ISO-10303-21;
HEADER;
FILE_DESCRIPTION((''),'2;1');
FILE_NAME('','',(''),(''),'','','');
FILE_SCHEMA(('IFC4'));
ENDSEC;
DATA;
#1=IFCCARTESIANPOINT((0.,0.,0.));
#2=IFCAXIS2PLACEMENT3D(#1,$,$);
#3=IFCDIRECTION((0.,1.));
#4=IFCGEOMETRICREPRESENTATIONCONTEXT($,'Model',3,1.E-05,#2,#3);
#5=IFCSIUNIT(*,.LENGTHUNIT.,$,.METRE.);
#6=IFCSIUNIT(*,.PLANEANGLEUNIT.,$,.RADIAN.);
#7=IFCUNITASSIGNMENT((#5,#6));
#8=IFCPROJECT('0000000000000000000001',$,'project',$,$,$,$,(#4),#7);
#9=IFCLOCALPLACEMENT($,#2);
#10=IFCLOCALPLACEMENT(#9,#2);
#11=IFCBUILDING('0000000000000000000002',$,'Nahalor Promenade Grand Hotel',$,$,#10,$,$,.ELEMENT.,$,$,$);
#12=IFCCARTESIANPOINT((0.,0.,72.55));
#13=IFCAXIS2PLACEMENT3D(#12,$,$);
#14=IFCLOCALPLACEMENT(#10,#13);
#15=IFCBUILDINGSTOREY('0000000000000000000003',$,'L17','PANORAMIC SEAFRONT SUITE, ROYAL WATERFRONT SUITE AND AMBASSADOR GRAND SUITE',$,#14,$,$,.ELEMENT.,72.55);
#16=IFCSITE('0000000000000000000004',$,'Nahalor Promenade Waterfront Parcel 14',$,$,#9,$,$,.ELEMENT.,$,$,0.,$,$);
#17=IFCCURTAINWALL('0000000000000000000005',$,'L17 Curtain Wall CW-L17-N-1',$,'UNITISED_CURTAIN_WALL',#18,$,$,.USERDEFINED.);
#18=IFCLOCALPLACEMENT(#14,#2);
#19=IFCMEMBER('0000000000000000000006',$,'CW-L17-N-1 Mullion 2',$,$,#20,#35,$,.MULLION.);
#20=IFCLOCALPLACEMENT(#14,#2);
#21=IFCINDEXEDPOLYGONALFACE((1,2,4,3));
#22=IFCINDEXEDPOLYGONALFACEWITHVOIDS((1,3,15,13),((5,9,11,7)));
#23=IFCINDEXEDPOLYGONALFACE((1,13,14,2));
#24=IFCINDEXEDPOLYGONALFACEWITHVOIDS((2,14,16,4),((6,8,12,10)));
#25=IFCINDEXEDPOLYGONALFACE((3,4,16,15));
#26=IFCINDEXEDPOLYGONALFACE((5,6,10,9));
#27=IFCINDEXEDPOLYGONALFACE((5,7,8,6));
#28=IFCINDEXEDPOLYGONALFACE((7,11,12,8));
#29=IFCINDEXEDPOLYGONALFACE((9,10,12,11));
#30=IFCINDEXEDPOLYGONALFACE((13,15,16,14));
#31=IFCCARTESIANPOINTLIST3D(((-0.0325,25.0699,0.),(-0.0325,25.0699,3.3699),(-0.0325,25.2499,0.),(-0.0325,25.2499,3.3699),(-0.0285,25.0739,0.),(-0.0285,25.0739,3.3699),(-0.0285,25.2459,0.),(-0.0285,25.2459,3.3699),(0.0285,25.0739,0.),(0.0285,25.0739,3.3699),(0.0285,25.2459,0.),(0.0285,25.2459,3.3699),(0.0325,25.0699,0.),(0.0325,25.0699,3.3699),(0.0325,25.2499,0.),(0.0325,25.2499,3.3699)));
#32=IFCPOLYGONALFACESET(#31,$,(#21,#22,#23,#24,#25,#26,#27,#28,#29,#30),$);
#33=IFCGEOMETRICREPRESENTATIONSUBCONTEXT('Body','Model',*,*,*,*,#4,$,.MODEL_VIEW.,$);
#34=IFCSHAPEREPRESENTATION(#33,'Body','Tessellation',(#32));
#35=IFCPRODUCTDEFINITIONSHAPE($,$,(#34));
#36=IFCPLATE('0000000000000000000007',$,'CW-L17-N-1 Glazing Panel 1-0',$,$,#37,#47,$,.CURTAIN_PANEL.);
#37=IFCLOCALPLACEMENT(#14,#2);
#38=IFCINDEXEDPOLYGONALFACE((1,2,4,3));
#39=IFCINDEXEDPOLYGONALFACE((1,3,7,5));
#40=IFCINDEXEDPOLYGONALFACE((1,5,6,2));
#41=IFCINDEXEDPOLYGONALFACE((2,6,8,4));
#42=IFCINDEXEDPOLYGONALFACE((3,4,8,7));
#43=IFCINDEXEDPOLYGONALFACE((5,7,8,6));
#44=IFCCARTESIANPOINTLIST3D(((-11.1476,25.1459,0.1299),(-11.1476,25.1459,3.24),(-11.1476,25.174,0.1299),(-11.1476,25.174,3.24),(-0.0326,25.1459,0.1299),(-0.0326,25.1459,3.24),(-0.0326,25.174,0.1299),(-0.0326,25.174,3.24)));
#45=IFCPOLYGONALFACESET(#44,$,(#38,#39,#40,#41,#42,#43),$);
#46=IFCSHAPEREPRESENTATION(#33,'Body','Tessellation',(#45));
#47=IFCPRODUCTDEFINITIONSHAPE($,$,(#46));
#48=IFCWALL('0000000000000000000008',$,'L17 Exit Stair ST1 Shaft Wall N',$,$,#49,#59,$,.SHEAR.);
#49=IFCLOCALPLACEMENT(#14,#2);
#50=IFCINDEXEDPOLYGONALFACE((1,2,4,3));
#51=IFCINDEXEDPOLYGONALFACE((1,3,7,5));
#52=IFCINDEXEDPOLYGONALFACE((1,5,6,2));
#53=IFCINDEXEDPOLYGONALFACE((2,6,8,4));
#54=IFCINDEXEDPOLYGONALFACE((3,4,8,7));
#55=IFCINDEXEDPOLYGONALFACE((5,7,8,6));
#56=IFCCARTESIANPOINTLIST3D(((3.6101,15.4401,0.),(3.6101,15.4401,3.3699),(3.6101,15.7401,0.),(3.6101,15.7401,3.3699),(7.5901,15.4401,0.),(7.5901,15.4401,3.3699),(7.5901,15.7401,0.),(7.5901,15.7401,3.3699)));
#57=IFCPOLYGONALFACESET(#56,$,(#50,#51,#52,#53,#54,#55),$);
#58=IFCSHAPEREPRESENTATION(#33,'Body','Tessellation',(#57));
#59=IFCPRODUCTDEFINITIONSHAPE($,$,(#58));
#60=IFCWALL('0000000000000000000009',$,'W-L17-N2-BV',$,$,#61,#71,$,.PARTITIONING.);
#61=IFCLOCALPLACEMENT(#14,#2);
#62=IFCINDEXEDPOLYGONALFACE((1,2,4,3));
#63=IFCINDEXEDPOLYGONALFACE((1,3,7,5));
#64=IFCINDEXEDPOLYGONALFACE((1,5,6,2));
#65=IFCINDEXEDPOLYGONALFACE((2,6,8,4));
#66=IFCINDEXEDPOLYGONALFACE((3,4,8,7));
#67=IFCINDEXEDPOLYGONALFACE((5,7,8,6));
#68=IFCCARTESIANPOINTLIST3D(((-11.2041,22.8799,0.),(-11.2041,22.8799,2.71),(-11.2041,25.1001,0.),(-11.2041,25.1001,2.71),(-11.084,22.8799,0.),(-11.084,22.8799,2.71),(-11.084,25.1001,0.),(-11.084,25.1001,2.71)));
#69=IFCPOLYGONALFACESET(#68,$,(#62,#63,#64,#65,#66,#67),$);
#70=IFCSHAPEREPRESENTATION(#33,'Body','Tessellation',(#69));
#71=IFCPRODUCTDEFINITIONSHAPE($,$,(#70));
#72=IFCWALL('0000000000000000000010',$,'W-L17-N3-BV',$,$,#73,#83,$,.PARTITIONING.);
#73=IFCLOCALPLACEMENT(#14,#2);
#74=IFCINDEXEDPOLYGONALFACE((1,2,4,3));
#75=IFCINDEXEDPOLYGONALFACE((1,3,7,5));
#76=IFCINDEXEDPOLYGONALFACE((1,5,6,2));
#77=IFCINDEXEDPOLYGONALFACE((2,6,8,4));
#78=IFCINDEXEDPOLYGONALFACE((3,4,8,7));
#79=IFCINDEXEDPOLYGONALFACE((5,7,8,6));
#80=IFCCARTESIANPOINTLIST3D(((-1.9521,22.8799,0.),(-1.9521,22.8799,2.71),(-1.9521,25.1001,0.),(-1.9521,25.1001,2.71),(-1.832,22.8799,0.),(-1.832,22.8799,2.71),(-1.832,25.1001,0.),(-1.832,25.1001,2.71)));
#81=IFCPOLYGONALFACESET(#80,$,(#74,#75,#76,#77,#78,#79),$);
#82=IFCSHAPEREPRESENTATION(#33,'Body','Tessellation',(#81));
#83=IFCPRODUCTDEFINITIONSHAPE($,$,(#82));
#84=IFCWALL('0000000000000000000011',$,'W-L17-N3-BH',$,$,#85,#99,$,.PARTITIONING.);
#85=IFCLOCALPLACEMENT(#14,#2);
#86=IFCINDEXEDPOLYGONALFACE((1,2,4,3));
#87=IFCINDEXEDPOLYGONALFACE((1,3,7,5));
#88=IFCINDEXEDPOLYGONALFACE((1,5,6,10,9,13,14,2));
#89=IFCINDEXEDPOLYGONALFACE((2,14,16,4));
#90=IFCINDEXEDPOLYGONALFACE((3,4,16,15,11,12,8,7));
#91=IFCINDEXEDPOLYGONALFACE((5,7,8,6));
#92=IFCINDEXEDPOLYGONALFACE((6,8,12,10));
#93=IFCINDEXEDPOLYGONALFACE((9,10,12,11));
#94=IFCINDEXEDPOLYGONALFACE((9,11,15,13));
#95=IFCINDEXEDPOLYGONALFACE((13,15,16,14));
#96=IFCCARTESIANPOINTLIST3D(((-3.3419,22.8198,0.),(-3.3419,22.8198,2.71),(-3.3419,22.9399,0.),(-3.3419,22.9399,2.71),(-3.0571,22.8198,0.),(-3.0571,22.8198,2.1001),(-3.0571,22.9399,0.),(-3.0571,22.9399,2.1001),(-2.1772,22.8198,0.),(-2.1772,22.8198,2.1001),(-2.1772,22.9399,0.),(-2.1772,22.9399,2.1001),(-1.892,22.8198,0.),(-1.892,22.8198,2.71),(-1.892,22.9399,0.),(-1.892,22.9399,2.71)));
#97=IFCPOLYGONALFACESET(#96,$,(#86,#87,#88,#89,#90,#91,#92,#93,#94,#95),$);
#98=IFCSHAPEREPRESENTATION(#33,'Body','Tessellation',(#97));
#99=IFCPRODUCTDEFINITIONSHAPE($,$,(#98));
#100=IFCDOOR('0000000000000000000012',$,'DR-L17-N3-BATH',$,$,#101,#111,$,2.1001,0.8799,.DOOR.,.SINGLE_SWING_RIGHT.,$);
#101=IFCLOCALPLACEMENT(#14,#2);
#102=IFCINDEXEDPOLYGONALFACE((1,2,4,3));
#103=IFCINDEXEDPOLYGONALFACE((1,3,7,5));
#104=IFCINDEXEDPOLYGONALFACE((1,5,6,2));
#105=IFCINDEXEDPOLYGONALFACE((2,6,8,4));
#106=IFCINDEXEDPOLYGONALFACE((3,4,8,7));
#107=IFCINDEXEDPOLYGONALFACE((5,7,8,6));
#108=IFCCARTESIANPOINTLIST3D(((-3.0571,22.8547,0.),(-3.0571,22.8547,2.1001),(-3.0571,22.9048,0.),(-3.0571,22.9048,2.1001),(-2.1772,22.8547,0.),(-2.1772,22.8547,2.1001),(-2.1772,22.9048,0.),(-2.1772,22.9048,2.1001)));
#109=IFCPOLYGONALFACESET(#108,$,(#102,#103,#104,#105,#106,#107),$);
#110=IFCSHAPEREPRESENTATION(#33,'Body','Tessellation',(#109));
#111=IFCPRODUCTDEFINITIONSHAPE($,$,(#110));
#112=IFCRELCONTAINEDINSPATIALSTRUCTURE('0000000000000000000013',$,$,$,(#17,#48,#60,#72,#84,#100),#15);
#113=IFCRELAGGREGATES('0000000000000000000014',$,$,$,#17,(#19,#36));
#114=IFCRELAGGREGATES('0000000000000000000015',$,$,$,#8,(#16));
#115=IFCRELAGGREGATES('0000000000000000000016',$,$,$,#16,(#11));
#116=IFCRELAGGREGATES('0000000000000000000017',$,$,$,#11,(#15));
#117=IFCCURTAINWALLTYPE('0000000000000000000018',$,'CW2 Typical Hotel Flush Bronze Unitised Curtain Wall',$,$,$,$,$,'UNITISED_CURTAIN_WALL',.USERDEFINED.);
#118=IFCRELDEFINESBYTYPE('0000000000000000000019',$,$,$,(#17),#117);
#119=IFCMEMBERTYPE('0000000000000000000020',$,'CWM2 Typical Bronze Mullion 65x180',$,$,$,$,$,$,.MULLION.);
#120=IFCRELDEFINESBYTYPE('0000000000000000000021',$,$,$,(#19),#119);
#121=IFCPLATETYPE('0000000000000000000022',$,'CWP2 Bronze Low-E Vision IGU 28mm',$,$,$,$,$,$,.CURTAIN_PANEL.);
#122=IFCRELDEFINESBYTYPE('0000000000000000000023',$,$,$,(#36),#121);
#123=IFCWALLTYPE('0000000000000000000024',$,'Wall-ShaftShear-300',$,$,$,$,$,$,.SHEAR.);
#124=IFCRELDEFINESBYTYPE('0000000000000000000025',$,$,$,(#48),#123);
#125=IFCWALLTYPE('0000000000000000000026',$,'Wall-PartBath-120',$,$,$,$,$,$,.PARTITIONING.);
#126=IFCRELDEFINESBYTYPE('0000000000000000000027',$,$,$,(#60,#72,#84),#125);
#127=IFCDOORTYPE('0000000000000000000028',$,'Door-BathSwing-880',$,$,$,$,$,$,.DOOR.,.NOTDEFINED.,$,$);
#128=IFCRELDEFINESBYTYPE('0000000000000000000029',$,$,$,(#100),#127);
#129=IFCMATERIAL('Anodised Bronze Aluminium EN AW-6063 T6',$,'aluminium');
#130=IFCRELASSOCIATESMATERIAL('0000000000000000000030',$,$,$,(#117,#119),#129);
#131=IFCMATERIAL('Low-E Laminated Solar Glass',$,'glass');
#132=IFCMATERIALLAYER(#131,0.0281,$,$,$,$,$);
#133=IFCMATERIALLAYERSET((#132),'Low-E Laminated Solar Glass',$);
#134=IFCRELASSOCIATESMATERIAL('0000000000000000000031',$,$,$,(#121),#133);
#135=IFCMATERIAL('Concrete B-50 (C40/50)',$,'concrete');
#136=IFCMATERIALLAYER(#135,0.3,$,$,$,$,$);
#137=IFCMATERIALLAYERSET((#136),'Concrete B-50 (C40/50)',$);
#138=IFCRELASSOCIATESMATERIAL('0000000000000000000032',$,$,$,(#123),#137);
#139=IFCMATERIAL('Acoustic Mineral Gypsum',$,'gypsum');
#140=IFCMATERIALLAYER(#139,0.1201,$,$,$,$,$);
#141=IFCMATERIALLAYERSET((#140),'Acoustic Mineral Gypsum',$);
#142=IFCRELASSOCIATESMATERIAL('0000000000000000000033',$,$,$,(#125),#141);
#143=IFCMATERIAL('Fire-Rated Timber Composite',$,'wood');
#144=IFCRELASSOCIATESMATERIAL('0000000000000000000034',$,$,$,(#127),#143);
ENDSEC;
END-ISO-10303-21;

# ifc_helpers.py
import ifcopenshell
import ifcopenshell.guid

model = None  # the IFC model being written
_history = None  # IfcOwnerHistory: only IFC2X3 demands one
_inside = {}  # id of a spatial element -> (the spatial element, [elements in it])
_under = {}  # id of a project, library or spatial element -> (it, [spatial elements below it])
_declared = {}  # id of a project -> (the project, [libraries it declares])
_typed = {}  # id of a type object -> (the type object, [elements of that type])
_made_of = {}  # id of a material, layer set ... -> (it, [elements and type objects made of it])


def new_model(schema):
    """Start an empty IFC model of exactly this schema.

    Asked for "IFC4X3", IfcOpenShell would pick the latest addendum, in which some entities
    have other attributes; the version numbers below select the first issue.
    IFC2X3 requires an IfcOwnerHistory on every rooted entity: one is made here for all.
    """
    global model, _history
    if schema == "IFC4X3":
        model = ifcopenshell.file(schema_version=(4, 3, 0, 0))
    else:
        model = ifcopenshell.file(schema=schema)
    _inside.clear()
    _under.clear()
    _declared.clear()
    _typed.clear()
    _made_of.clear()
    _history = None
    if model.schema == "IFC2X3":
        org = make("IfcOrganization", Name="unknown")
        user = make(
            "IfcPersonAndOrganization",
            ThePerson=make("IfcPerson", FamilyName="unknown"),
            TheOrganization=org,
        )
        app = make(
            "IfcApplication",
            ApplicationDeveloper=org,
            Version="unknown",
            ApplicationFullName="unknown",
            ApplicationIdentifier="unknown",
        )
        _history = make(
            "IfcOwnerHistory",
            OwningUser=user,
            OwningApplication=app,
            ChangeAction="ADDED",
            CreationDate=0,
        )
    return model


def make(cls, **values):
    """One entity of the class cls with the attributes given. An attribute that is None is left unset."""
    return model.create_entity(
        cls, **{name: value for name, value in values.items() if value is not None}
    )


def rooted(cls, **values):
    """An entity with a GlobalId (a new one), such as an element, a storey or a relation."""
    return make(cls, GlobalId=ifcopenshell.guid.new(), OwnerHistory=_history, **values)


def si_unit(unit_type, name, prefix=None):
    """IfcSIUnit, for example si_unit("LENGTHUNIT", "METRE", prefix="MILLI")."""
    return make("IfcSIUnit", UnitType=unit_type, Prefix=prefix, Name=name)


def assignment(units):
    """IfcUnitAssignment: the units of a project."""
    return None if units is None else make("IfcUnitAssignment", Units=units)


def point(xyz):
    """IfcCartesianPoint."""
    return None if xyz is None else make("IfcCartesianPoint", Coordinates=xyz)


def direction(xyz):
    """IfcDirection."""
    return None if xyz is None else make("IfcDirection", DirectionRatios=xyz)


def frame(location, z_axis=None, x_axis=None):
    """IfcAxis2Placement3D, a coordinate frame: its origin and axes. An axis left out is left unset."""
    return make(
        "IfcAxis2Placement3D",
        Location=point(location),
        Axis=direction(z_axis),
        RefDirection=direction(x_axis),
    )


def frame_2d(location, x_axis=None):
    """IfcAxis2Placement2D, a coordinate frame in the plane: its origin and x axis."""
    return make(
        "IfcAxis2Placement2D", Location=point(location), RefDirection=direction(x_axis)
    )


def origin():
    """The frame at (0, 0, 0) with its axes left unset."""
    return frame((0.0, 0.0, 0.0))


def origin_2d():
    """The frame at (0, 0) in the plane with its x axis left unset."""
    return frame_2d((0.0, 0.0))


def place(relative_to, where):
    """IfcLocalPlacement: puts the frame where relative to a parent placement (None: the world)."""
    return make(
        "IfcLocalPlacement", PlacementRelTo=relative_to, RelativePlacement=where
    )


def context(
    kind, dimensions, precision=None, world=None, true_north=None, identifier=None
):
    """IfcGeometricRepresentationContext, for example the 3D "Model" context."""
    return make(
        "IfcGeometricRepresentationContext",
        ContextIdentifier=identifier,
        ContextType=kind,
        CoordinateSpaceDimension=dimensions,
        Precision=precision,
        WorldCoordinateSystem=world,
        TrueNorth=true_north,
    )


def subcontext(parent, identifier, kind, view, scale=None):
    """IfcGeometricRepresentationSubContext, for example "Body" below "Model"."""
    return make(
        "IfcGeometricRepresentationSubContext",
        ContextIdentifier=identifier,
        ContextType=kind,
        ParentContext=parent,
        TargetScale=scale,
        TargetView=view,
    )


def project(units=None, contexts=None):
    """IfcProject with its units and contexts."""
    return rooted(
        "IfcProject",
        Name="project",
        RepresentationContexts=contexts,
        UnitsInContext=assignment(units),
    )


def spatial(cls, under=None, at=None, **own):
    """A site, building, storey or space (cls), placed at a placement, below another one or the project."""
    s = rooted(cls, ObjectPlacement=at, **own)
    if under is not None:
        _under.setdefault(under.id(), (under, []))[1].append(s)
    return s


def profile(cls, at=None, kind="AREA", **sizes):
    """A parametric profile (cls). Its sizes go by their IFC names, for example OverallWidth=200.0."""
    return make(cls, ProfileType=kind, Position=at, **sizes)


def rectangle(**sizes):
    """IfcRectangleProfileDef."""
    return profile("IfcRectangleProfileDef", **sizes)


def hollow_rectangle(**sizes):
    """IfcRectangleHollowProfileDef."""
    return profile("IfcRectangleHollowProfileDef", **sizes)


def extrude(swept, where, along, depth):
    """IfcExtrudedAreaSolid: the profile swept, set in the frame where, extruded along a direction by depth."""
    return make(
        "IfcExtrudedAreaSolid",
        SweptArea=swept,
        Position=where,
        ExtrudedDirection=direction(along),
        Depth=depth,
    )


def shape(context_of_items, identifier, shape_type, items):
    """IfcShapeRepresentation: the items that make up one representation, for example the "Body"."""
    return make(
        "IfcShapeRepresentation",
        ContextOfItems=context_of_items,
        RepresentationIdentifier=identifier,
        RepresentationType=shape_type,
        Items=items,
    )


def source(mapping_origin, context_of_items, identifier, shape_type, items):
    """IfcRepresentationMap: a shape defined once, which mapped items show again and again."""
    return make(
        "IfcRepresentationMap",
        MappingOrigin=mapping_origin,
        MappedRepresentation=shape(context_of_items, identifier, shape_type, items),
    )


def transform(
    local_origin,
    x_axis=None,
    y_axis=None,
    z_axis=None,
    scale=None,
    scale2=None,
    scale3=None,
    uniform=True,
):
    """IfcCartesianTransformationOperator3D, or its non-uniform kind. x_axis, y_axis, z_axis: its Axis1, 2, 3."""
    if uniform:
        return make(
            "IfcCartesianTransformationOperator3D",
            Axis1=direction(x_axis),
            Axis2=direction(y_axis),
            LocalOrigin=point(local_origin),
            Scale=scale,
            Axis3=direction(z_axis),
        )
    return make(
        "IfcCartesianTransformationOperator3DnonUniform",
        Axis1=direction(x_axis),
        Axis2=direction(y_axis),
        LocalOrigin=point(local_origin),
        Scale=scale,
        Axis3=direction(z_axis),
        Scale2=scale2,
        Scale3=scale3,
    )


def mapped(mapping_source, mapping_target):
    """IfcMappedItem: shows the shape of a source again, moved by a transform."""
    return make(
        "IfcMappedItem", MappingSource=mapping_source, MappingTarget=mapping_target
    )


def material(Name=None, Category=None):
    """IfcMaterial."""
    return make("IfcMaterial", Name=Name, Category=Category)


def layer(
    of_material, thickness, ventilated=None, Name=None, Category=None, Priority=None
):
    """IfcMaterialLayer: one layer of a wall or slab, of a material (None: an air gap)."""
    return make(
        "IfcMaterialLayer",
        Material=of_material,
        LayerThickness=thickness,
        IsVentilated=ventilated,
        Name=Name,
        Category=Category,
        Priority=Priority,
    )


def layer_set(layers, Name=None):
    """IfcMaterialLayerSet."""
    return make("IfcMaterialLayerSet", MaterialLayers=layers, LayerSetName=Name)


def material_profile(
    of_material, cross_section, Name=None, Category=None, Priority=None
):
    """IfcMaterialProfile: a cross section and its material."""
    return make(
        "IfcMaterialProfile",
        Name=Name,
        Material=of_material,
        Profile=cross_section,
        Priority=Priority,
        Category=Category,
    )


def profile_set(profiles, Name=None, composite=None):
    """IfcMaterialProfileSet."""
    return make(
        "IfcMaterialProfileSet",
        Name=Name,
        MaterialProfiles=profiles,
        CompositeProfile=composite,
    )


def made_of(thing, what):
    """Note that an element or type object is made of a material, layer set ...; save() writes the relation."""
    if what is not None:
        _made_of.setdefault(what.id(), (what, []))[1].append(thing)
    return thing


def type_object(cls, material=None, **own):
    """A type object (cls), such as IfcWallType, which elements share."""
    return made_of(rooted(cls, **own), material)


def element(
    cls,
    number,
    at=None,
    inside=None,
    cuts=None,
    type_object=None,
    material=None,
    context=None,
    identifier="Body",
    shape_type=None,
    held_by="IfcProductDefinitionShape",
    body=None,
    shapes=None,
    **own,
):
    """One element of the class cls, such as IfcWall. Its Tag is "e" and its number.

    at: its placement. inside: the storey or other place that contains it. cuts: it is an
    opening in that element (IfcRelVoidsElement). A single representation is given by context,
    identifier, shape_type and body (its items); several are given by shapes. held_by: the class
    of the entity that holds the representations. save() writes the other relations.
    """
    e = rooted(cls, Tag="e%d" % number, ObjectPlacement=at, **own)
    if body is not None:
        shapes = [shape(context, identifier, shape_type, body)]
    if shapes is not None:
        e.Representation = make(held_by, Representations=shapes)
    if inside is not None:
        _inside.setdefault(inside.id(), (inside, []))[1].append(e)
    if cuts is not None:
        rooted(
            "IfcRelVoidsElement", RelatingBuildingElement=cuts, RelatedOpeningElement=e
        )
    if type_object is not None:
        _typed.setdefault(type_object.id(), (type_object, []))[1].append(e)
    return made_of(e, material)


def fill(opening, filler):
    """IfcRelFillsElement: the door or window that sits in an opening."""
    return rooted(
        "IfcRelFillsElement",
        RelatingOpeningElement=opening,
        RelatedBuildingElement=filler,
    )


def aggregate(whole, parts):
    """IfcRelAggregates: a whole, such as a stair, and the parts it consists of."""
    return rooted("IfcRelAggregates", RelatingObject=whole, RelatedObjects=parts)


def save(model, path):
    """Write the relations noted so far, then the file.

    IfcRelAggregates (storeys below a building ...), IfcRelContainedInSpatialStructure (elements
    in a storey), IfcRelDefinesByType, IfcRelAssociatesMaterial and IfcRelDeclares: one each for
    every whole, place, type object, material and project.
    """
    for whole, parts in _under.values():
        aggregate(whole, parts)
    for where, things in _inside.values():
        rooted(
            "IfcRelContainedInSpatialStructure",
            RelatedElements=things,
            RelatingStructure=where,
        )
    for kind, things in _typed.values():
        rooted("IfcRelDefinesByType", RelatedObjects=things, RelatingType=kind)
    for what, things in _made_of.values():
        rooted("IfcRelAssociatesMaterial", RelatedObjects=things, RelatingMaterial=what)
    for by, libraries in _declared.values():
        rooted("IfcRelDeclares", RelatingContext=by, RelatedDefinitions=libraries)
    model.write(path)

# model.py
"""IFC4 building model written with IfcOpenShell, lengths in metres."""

from ifc_helpers import new_model, si_unit, direction, frame, frame_2d, origin, origin_2d, place, context, subcontext, project, spatial, rectangle, hollow_rectangle, extrude, source, transform, mapped, material, layer, layer_set, material_profile, profile_set, type_object, element, fill, aggregate, save


model = new_model("IFC4")

# Units and contexts
model_context = context("Model", 3, precision=1e-05, world=origin(), true_north=direction((0.0, 1.0)))
body_context = subcontext(model_context, "Body", "Model", "MODEL_VIEW")
ifc_project = project(units=[si_unit("LENGTHUNIT", "METRE"), si_unit("PLANEANGLEUNIT", "RADIAN")], contexts=[model_context])

# Site, building, storey
site_placement = place(None, origin())
site = spatial("IfcSite", under=ifc_project, at=site_placement, Name="Nahalor Promenade Waterfront Parcel 14", CompositionType="ELEMENT", RefElevation=0.0)
building_placement = place(site_placement, origin())
building = spatial("IfcBuilding", under=site, at=building_placement, Name="Nahalor Promenade Grand Hotel", CompositionType="ELEMENT")
storey_placement = place(building_placement, frame((0.0, 0.0, 72.55)))
storey = spatial("IfcBuildingStorey", under=building, at=storey_placement, Name="L17", Description="PANORAMIC SEAFRONT SUITE, ROYAL WATERFRONT SUITE AND AMBASSADOR GRAND SUITE", CompositionType="ELEMENT", Elevation=72.55)

# Curtain wall, member, plate
ifc_material_1 = material(Name="Anodised Bronze Aluminium EN AW-6063 T6", Category="aluminium")
curtain_wall_type = type_object("IfcCurtainWallType", Name="CW2 Typical Hotel Flush Bronze Unitised Curtain Wall", ElementType="UNITISED_CURTAIN_WALL", PredefinedType="USERDEFINED", material=ifc_material_1)
curtain_wall_placement = place(storey_placement, origin())
curtain_wall = element("IfcCurtainWall", 1, at=curtain_wall_placement, inside=storey, type_object=curtain_wall_type, Name="L17 Curtain Wall CW-L17-N-1", ObjectType="UNITISED_CURTAIN_WALL", PredefinedType="USERDEFINED")
ifc_material_profile_1 = material_profile(ifc_material_1, hollow_rectangle(XDim=0.065, YDim=0.18, WallThickness=0.004, at=origin_2d()), Name="CWM 65x180x4")
ifc_profile_set_1 = profile_set([ifc_material_profile_1], Name="Anodised Bronze Aluminium EN AW-6063 T6")
member_type_1 = type_object("IfcMemberType", Name="CWM2 Typical Bronze Mullion 65x180", PredefinedType="MULLION", material=ifc_profile_set_1)
shared_shape_1 = source(origin(), body_context, "Body", "SweptSolid", [
    extrude(hollow_rectangle(XDim=0.065, YDim=0.18, WallThickness=0.004, at=origin_2d()), origin(), (0.0, 0.0, 1.0), 3.3699),
])
member_1_placement = place(storey_placement, frame((0.0, 25.1599, 0.0), z_axis=(0.0, 0.0, 1.0), x_axis=(1.0, 0.0, 0.0)))
member_1 = element("IfcMember", 2, at=member_1_placement, type_object=member_type_1, Name="CW-L17-N-1 Mullion 2", PredefinedType="MULLION", context=body_context, shape_type="MappedRepresentation", body=[
    mapped(shared_shape_1, transform((0.0, 0.0, 0.0), scale=1.0)),
])
ifc_material_2 = material(Name="Low-E Laminated Solar Glass", Category="glass")
ifc_layer_1 = layer(ifc_material_2, 0.0281)
ifc_layer_set_1 = layer_set([ifc_layer_1], Name="Low-E Laminated Solar Glass")
plate_type = type_object("IfcPlateType", Name="CWP2 Bronze Low-E Vision IGU 28mm", PredefinedType="CURTAIN_PANEL", material=ifc_layer_set_1)
shared_shape_2 = source(origin(), body_context, "Body", "SweptSolid", [
    extrude(rectangle(XDim=11.115, YDim=0.0281, at=origin_2d()), origin(), (0.0, 0.0, 1.0), 3.1101),
])
plate_placement = place(storey_placement, frame((-5.5901, 25.1599, 0.1299), z_axis=(0.0, 0.0, 1.0), x_axis=(1.0, 0.0, 0.0)))
plate = element("IfcPlate", 3, at=plate_placement, type_object=plate_type, Name="CW-L17-N-1 Glazing Panel 1-0", PredefinedType="CURTAIN_PANEL", context=body_context, shape_type="MappedRepresentation", body=[
    mapped(shared_shape_2, transform((0.0, 0.0, 0.0), scale=1.0)),
])
aggregate(curtain_wall, [member_1, plate])

# Walls
ifc_material_3 = material(Name="Concrete B-50 (C40/50)", Category="concrete")
ifc_layer_2 = layer(ifc_material_3, 0.3)
ifc_layer_set_2 = layer_set([ifc_layer_2], Name="Concrete B-50 (C40/50)")
wall_type_1 = type_object("IfcWallType", Name="Wall-ShaftShear-300", PredefinedType="SHEAR", material=ifc_layer_set_2)
shared_shape_3 = source(origin(), body_context, "Body", "SweptSolid", [
    extrude(rectangle(XDim=3.98, YDim=0.3, at=frame_2d((1.99, 0.0))), origin(), (0.0, 0.0, 1.0), 3.3699),
])
wall_1_placement = place(storey_placement, frame((3.6101, 15.5901, 0.0), z_axis=(0.0, 0.0, 1.0), x_axis=(1.0, 0.0, 0.0)))
element("IfcWall", 4, at=wall_1_placement, inside=storey, type_object=wall_type_1, Name="L17 Exit Stair ST1 Shaft Wall N", PredefinedType="SHEAR", context=body_context, shape_type="MappedRepresentation", body=[
    mapped(shared_shape_3, transform((0.0, 0.0, 0.0), scale=1.0)),
])
ifc_material_4 = material(Name="Acoustic Mineral Gypsum", Category="gypsum")
ifc_layer_3 = layer(ifc_material_4, 0.1201)
ifc_layer_set_3 = layer_set([ifc_layer_3], Name="Acoustic Mineral Gypsum")
wall_type_2 = type_object("IfcWallType", Name="Wall-PartBath-120", PredefinedType="PARTITIONING", material=ifc_layer_set_3)
shared_shape_4 = source(origin(), body_context, "Body", "SweptSolid", [
    extrude(rectangle(XDim=2.2202, YDim=0.1201, at=frame_2d((1.1101, 0.0))), origin(), (0.0, 0.0, 1.0), 2.71),
])
for number, where, z_axis, x_axis, name in (
    (5, (-11.144, 22.8799, 0.0), (0.0, 0.0, 1.0), (0.0, 1.0, 0.0), "W-L17-N2-BV"),
    (6, (-1.8921, 22.8799, 0.0), (0.0, 0.0, 1.0), (0.0, 1.0, 0.0), "W-L17-N3-BV"),
):
    element("IfcWall", number, at=place(storey_placement, frame(where, z_axis=z_axis, x_axis=x_axis)), inside=storey, type_object=wall_type_2, Name=name, PredefinedType="PARTITIONING", context=body_context, shape_type="MappedRepresentation", body=[
        mapped(shared_shape_4, transform((0.0, 0.0, 0.0), scale=1.0)),
    ])

# Wall, opening, door
shared_shape_5 = source(origin(), body_context, "Body", "SweptSolid", [
    extrude(rectangle(XDim=1.45, YDim=0.1201, at=frame_2d((0.7251, 0.0))), origin(), (0.0, 0.0, 1.0), 2.71),
])
wall_2_placement = place(storey_placement, frame((-3.342, 22.8799, 0.0), z_axis=(0.0, 0.0, 1.0), x_axis=(1.0, 0.0, 0.0)))
wall_2 = element("IfcWall", 7, at=wall_2_placement, inside=storey, type_object=wall_type_2, Name="W-L17-N3-BH", PredefinedType="PARTITIONING", context=body_context, shape_type="MappedRepresentation", body=[
    mapped(shared_shape_5, transform((0.0, 0.0, 0.0), scale=1.0)),
])
opening_placement = place(wall_2_placement, frame((0.2849, 0.0, 0.0)))
opening = element("IfcOpeningElement", 8, at=opening_placement, cuts=wall_2, PredefinedType="OPENING", context=body_context, shape_type="SweptSolid", body=[
    extrude(rectangle(XDim=0.8799, YDim=2.1001, at=frame_2d((0.4399, 1.05))), frame((0.0, 0.0701, 0.0), z_axis=(0.0, -1.0, 0.0), x_axis=(1.0, 0.0, 0.0)), (0.0, 0.0, 1.0), 0.1401),
])
ifc_material_5 = material(Name="Fire-Rated Timber Composite", Category="wood")
door_type = type_object("IfcDoorType", Name="Door-BathSwing-880", OperationType="NOTDEFINED", PredefinedType="DOOR", material=ifc_material_5)
shared_shape_6 = source(origin(), body_context, "Body", "SweptSolid", [
    extrude(rectangle(XDim=0.8799, YDim=2.1001, at=frame_2d((0.4399, 1.05))), frame((0.0, 0.0249, 0.0), z_axis=(0.0, -1.0, 0.0), x_axis=(1.0, 0.0, 0.0)), (0.0, 0.0, 1.0), 0.05),
])
door_placement = place(opening_placement, origin())
door = element("IfcDoor", 9, at=door_placement, inside=storey, type_object=door_type, Name="DR-L17-N3-BATH", OperationType="SINGLE_SWING_RIGHT", OverallHeight=2.1001, OverallWidth=0.8799, PredefinedType="DOOR", context=body_context, shape_type="MappedRepresentation", body=[
    mapped(shared_shape_6, transform((0.0, 0.0, 0.0), scale=1.0)),
])
fill(opening, door)

save(model, "model.ifc")
